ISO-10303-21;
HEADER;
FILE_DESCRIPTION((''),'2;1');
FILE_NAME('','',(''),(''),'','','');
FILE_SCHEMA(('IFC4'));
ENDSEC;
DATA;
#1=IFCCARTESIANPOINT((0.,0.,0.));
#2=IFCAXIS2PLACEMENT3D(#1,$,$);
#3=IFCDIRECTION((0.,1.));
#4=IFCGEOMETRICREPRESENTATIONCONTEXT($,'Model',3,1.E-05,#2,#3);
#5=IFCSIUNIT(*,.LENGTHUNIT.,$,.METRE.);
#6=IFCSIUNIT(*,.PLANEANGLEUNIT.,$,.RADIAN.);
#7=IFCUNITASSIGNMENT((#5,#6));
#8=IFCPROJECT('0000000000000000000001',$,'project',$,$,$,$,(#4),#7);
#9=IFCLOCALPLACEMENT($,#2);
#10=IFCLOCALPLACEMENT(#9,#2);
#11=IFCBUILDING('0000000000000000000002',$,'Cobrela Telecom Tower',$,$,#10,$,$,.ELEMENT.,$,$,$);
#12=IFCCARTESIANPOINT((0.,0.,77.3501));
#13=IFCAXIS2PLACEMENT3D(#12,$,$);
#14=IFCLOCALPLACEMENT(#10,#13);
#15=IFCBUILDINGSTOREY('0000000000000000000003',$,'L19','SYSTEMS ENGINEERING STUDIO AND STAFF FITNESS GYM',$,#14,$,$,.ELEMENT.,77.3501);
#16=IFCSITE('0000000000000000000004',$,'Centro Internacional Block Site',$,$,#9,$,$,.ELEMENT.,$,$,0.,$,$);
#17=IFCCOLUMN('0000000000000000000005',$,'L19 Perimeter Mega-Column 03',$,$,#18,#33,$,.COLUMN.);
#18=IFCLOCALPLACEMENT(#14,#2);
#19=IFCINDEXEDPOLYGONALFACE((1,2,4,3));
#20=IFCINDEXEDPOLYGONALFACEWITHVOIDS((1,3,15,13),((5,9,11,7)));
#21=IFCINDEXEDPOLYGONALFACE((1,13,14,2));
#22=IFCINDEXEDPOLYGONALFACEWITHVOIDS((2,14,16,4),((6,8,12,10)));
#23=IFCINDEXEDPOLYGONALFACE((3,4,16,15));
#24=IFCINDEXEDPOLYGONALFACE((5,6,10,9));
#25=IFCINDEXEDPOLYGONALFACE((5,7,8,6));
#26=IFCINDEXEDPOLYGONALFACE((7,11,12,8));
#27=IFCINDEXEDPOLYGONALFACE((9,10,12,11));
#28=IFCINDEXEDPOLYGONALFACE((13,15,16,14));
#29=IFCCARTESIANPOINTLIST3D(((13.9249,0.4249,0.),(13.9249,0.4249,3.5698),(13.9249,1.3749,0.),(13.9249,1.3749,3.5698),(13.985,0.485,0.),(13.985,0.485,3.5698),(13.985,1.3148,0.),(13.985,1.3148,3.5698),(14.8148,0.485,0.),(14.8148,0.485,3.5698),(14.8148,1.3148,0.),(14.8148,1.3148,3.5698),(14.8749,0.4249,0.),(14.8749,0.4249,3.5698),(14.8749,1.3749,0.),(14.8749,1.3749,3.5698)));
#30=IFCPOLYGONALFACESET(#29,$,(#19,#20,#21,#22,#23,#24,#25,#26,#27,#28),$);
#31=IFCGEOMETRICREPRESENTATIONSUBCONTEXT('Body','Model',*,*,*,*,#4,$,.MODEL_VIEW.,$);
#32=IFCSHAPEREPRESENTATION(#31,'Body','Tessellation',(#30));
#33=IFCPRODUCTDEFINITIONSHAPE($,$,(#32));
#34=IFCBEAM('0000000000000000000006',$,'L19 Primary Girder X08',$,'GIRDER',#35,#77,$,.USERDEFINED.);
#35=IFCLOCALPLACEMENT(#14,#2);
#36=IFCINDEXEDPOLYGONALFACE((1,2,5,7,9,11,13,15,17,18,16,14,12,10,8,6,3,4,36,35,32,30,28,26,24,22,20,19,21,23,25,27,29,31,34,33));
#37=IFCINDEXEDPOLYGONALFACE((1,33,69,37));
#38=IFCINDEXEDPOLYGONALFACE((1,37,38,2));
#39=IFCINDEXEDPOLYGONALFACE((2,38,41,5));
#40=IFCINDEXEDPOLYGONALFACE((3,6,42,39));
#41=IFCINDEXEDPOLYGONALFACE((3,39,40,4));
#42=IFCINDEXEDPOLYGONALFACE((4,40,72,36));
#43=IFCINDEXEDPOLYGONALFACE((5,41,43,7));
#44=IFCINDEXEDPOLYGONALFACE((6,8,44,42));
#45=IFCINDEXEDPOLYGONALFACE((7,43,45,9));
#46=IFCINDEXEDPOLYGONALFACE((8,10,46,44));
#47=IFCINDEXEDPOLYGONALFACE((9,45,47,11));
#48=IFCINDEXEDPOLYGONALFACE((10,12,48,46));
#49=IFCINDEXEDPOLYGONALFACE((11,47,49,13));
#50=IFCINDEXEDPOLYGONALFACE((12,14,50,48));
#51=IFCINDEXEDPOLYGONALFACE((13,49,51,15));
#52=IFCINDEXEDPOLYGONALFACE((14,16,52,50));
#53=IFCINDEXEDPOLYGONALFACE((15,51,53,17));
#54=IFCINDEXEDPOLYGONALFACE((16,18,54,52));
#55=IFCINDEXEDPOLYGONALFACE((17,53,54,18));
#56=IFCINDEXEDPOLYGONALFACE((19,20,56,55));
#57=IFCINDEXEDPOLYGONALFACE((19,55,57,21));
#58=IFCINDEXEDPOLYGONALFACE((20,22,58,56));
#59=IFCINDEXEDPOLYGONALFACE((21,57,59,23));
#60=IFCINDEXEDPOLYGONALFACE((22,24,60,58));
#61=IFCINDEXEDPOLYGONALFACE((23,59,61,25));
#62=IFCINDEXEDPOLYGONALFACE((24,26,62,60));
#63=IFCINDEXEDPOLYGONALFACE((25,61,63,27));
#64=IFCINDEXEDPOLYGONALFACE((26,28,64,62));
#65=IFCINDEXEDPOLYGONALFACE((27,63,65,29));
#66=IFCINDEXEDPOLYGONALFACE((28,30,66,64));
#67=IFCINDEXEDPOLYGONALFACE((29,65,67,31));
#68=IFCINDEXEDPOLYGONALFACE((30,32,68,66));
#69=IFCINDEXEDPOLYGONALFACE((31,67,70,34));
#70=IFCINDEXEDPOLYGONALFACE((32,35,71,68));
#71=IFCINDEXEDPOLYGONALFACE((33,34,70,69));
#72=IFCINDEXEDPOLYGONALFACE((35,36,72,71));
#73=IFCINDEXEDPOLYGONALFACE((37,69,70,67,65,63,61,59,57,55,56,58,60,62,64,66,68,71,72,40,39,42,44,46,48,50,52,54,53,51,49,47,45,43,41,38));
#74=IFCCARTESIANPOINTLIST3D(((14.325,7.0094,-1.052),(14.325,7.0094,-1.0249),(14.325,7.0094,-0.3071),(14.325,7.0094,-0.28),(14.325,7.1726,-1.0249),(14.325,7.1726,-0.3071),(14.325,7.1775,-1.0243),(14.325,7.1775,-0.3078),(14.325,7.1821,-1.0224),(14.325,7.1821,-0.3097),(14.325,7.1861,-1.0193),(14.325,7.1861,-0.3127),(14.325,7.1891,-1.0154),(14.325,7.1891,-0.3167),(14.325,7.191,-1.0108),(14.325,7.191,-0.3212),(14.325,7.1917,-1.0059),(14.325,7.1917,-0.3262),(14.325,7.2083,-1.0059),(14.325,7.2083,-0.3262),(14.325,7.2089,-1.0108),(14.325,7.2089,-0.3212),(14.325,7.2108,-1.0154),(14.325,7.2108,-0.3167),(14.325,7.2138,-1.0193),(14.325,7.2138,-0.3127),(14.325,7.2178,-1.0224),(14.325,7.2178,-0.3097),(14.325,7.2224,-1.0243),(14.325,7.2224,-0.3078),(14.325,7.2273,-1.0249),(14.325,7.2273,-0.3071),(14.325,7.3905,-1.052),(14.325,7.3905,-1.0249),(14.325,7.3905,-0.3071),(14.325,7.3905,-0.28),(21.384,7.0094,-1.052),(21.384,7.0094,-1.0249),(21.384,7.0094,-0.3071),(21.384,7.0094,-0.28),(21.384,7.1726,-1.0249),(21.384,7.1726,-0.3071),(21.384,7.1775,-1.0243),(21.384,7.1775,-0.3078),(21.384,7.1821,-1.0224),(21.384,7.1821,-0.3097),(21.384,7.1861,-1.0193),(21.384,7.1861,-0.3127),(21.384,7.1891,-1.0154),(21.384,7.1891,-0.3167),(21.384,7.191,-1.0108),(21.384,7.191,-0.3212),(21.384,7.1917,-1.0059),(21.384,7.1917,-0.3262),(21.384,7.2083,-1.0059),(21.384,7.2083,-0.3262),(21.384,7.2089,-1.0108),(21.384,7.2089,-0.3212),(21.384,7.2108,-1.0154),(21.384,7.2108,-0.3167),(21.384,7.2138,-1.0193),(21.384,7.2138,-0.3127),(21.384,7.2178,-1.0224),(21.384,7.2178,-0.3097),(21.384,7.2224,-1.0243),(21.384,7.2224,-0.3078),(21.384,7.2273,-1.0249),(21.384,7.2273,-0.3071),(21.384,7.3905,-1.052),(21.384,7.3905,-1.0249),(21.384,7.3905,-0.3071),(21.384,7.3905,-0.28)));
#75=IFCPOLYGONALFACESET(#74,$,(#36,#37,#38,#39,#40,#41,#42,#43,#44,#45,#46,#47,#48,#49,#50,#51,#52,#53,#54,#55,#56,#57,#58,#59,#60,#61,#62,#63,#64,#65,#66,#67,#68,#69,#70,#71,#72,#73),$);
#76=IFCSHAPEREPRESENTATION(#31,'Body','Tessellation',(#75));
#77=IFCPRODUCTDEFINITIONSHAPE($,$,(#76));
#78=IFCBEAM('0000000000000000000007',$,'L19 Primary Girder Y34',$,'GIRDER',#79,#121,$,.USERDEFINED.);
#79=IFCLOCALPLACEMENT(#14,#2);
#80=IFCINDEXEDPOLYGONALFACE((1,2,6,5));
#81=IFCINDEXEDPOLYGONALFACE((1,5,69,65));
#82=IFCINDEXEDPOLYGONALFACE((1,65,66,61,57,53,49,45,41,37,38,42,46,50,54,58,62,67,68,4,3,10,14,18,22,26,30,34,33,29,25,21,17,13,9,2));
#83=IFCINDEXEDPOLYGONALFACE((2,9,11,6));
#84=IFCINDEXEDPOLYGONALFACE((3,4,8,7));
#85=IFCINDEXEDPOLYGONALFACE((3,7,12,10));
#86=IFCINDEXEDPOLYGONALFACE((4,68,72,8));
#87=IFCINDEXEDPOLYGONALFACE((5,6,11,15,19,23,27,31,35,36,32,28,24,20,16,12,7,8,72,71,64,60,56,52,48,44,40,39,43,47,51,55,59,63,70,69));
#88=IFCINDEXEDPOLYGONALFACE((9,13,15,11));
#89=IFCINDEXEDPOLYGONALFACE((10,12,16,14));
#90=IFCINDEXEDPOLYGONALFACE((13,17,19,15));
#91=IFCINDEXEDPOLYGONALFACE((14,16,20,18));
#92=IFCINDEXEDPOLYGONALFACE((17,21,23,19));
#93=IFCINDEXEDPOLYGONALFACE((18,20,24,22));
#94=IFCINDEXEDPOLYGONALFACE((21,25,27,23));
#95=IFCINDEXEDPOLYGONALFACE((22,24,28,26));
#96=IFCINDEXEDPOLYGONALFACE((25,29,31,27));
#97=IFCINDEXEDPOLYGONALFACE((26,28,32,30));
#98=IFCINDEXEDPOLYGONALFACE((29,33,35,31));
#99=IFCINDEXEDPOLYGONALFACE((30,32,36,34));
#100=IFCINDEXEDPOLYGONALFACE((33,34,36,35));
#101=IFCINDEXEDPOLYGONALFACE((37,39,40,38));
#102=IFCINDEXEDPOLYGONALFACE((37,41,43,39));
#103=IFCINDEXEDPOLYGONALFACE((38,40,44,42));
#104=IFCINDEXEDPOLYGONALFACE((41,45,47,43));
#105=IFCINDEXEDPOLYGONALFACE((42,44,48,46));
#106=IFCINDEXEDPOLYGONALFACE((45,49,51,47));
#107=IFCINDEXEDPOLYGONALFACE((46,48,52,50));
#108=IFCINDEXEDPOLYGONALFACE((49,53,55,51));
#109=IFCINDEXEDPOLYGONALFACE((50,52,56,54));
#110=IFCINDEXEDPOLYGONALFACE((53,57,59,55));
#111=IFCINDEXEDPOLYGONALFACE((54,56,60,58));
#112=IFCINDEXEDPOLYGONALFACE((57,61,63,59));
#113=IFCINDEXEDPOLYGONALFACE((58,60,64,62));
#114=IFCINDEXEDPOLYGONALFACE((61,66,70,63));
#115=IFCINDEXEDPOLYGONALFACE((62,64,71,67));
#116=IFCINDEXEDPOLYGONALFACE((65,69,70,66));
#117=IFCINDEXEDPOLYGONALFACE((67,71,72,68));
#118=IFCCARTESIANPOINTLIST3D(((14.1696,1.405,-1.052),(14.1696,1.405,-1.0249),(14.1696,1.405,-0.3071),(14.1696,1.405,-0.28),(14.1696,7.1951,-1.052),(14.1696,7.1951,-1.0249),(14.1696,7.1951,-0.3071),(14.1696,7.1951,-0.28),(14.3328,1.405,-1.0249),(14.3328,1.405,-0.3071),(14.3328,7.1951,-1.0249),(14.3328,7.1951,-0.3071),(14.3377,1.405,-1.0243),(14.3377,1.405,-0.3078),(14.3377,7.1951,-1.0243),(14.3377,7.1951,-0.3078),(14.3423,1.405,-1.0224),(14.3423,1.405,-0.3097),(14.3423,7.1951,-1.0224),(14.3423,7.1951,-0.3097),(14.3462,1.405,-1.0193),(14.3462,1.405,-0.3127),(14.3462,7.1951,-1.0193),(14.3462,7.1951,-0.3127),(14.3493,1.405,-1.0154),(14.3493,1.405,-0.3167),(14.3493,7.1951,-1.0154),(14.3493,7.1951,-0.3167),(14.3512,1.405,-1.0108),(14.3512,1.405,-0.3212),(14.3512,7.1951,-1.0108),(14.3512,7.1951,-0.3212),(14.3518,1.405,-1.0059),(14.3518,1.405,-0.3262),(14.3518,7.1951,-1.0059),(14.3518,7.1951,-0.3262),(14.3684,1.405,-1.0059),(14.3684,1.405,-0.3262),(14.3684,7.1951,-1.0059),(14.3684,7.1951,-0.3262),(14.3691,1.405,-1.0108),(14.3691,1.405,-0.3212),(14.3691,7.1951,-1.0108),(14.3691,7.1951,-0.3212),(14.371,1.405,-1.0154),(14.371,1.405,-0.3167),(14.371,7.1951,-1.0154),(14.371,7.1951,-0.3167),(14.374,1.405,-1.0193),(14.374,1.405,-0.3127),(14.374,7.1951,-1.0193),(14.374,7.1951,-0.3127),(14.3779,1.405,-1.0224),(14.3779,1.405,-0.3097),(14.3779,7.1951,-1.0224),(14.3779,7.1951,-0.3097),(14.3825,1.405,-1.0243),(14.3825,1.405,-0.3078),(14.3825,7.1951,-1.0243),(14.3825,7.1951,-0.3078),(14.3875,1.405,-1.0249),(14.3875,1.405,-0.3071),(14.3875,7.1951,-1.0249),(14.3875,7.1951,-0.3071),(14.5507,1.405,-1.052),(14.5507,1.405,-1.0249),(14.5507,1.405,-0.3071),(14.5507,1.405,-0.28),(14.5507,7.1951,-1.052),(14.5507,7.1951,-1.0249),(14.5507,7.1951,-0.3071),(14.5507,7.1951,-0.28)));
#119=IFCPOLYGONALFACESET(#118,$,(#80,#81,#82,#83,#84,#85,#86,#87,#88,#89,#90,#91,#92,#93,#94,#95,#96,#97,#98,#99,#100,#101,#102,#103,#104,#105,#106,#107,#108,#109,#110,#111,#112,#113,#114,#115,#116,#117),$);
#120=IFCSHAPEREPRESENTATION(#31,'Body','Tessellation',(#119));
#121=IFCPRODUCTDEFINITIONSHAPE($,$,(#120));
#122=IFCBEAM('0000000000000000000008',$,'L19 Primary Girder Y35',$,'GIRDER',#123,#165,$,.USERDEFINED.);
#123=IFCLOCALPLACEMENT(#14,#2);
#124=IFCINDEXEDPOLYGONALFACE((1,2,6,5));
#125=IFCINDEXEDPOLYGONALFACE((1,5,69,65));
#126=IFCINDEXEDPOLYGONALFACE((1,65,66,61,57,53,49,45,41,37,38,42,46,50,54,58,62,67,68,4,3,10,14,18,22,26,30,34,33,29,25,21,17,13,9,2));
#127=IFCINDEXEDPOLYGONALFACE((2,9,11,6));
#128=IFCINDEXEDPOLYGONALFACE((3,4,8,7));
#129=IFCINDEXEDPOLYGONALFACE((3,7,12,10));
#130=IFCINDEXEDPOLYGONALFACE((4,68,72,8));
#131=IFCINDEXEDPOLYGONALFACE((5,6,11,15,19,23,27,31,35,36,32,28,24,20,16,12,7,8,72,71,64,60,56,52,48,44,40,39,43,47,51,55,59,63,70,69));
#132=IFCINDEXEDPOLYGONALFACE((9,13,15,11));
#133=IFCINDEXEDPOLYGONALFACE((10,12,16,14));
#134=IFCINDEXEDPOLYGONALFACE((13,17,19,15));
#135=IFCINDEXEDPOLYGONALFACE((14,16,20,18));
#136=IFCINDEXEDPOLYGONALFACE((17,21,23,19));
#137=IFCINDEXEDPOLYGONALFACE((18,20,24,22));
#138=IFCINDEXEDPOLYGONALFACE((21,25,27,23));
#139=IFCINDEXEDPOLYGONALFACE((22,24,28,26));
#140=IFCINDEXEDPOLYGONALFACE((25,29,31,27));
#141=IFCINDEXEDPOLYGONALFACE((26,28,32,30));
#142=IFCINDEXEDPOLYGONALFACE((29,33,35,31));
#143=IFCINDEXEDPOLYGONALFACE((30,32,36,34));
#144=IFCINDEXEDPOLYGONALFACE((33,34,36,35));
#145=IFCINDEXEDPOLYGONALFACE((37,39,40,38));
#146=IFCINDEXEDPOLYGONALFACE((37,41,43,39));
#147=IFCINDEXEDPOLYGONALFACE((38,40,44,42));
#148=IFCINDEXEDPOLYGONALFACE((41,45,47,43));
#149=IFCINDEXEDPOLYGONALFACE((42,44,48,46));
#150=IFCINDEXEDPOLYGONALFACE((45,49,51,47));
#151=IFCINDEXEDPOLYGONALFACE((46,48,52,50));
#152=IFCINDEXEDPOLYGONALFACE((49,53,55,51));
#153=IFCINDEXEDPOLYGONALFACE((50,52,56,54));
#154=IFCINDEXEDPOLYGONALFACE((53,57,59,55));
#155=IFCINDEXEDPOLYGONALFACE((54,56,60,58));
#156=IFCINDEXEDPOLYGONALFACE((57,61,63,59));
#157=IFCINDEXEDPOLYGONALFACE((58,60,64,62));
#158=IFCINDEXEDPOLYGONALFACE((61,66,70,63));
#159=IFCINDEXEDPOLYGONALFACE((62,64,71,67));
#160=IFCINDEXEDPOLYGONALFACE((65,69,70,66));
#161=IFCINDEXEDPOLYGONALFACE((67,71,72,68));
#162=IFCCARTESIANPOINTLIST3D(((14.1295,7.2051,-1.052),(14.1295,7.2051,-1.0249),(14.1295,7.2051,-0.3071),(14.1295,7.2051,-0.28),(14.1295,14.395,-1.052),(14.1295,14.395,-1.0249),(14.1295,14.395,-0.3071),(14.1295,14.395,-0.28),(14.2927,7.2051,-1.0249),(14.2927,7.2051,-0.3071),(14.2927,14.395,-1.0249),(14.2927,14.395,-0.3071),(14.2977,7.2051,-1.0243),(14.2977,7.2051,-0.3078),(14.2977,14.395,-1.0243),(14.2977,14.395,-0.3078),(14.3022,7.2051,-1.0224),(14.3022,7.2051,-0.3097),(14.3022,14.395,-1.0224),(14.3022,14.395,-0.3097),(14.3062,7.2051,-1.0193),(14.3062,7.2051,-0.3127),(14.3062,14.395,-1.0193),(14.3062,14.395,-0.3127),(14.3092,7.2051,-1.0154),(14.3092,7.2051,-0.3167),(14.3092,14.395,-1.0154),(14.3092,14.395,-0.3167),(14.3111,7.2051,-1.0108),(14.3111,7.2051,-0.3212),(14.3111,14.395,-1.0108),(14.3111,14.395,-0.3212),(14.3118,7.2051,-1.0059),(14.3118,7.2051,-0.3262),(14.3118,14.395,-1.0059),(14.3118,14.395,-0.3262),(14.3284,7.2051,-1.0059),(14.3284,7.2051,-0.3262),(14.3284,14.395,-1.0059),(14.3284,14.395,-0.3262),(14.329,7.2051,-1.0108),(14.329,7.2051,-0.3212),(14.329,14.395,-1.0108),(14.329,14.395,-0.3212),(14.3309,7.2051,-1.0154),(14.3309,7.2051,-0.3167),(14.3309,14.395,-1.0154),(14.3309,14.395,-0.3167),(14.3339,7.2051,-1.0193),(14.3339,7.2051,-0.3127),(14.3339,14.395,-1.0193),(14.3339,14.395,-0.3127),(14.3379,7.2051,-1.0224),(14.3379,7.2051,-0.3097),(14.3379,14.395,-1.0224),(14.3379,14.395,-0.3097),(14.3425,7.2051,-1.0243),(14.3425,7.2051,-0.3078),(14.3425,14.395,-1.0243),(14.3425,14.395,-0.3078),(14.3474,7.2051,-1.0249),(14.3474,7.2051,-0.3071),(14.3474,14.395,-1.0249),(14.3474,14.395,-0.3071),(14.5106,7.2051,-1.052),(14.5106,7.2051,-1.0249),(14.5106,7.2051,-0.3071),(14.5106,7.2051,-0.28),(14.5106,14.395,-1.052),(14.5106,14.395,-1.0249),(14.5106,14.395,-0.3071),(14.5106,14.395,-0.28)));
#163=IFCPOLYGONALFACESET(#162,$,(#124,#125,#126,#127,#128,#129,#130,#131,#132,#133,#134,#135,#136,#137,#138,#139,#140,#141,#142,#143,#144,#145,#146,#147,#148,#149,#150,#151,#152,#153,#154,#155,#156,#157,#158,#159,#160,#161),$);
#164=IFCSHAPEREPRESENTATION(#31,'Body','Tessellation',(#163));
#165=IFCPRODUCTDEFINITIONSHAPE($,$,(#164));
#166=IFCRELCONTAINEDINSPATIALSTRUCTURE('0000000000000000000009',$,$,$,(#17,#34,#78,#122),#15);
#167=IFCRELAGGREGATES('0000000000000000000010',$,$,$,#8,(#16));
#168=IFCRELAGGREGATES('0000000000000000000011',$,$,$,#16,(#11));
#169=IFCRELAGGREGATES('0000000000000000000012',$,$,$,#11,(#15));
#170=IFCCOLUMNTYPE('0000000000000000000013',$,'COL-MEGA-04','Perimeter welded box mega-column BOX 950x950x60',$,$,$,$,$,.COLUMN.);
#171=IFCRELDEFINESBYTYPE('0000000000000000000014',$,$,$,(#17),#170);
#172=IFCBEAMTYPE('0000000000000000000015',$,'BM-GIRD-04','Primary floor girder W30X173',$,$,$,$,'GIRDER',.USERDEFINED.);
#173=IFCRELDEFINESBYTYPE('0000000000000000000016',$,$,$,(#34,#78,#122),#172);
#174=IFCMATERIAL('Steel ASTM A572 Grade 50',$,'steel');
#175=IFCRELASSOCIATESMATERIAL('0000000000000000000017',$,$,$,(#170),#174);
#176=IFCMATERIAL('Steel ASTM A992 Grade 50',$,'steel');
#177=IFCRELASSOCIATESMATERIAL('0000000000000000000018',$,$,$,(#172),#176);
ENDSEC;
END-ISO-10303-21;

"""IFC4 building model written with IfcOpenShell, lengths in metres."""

from ifc_helpers import new_model, si_unit, direction, frame, origin, origin_2d, place, context, subcontext, project, spatial, hollow_rectangle, i_section, extrude, material, material_profile, profile_set, type_object, element, save


model = new_model("IFC4")

# Units and contexts
model_context = context("Model", 3, precision=1e-05, world=origin(), true_north=direction((0.0, 1.0)))
body_context = subcontext(model_context, "Body", "Model", "MODEL_VIEW")
ifc_project = project(units=[si_unit("LENGTHUNIT", "METRE"), si_unit("PLANEANGLEUNIT", "RADIAN")], contexts=[model_context])

# Site, building, storey
site_placement = place(None, origin())
site = spatial("IfcSite", under=ifc_project, at=site_placement, Name="Centro Internacional Block Site", CompositionType="ELEMENT", RefElevation=0.0)
building_placement = place(site_placement, origin())
building = spatial("IfcBuilding", under=site, at=building_placement, Name="Cobrela Telecom Tower", CompositionType="ELEMENT")
storey_placement = place(building_placement, frame((0.0, 0.0, 77.3501)))
storey = spatial("IfcBuildingStorey", under=building, at=storey_placement, Name="L19", Description="SYSTEMS ENGINEERING STUDIO AND STAFF FITNESS GYM", CompositionType="ELEMENT", Elevation=77.3501)

# Column
ifc_material_1 = material(Name="Steel ASTM A572 Grade 50", Category="steel")
ifc_material_profile_1 = material_profile(ifc_material_1, hollow_rectangle(XDim=0.95, YDim=0.95, WallThickness=0.0601, at=origin_2d()), Name="BOX 950x950x60")
ifc_profile_set_1 = profile_set([ifc_material_profile_1], Name="Steel ASTM A572 Grade 50")
column_type = type_object("IfcColumnType", Name="COL-MEGA-04", Description="Perimeter welded box mega-column BOX 950x950x60", PredefinedType="COLUMN", material=ifc_profile_set_1)
column_placement = place(storey_placement, frame((14.3999, 0.8999, 0.0), z_axis=(0.0, 0.0, 1.0), x_axis=(1.0, 0.0, 0.0)))
element("IfcColumn", 1, at=column_placement, inside=storey, type_object=column_type, Name="L19 Perimeter Mega-Column 03", PredefinedType="COLUMN", context=body_context, shape_type="SweptSolid", body=[
    extrude(hollow_rectangle(XDim=0.95, YDim=0.95, WallThickness=0.0601, at=origin_2d()), origin(), (0.0, 0.0, 1.0), 3.5698),
])

# Beams
ifc_material_2 = material(Name="Steel ASTM A992 Grade 50", Category="steel")
ifc_material_profile_2 = material_profile(ifc_material_2, i_section(OverallWidth=0.3811, OverallDepth=0.772, WebThickness=0.0166, FlangeThickness=0.0271, FilletRadius=0.019, at=origin_2d()), Name="W30X173")
ifc_profile_set_2 = profile_set([ifc_material_profile_2], Name="Steel ASTM A992 Grade 50")
beam_type_1 = type_object("IfcBeamType", Name="BM-GIRD-04", Description="Primary floor girder W30X173", ElementType="GIRDER", PredefinedType="USERDEFINED", material=ifc_profile_set_2)
beam_1_placement = place(storey_placement, frame((14.325, 7.2, -0.666), z_axis=(1.0, 0.0, 0.0), x_axis=(0.0, 1.0, 0.0)))
element("IfcBeam", 2, at=beam_1_placement, inside=storey, type_object=beam_type_1, Name="L19 Primary Girder X08", ObjectType="GIRDER", PredefinedType="USERDEFINED", context=body_context, shape_type="SweptSolid", body=[
    extrude(i_section(OverallWidth=0.3811, OverallDepth=0.772, WebThickness=0.0166, FlangeThickness=0.0271, FilletRadius=0.019, at=origin_2d()), origin(), (0.0, 0.0, 1.0), 7.0591),
])
beam_2_placement = place(storey_placement, frame((14.3601, 1.405, -0.666), z_axis=(0.0, 1.0, 0.0), x_axis=(-1.0, 0.0, 0.0)))
element("IfcBeam", 3, at=beam_2_placement, inside=storey, type_object=beam_type_1, Name="L19 Primary Girder Y34", ObjectType="GIRDER", PredefinedType="USERDEFINED", context=body_context, shape_type="SweptSolid", body=[
    extrude(i_section(OverallWidth=0.3811, OverallDepth=0.772, WebThickness=0.0166, FlangeThickness=0.0271, FilletRadius=0.019, at=origin_2d()), origin(), (0.0, 0.0, 1.0), 5.79),
])
beam_3_placement = place(storey_placement, frame((14.3201, 7.2051, -0.666), z_axis=(0.0, 1.0, 0.0), x_axis=(-1.0, 0.0, 0.0)))
element("IfcBeam", 4, at=beam_3_placement, inside=storey, type_object=beam_type_1, Name="L19 Primary Girder Y35", ObjectType="GIRDER", PredefinedType="USERDEFINED", context=body_context, shape_type="SweptSolid", body=[
    extrude(i_section(OverallWidth=0.3811, OverallDepth=0.772, WebThickness=0.0166, FlangeThickness=0.0271, FilletRadius=0.019, at=origin_2d()), origin(), (0.0, 0.0, 1.0), 7.1899),
])

save(model, "model.ifc")
